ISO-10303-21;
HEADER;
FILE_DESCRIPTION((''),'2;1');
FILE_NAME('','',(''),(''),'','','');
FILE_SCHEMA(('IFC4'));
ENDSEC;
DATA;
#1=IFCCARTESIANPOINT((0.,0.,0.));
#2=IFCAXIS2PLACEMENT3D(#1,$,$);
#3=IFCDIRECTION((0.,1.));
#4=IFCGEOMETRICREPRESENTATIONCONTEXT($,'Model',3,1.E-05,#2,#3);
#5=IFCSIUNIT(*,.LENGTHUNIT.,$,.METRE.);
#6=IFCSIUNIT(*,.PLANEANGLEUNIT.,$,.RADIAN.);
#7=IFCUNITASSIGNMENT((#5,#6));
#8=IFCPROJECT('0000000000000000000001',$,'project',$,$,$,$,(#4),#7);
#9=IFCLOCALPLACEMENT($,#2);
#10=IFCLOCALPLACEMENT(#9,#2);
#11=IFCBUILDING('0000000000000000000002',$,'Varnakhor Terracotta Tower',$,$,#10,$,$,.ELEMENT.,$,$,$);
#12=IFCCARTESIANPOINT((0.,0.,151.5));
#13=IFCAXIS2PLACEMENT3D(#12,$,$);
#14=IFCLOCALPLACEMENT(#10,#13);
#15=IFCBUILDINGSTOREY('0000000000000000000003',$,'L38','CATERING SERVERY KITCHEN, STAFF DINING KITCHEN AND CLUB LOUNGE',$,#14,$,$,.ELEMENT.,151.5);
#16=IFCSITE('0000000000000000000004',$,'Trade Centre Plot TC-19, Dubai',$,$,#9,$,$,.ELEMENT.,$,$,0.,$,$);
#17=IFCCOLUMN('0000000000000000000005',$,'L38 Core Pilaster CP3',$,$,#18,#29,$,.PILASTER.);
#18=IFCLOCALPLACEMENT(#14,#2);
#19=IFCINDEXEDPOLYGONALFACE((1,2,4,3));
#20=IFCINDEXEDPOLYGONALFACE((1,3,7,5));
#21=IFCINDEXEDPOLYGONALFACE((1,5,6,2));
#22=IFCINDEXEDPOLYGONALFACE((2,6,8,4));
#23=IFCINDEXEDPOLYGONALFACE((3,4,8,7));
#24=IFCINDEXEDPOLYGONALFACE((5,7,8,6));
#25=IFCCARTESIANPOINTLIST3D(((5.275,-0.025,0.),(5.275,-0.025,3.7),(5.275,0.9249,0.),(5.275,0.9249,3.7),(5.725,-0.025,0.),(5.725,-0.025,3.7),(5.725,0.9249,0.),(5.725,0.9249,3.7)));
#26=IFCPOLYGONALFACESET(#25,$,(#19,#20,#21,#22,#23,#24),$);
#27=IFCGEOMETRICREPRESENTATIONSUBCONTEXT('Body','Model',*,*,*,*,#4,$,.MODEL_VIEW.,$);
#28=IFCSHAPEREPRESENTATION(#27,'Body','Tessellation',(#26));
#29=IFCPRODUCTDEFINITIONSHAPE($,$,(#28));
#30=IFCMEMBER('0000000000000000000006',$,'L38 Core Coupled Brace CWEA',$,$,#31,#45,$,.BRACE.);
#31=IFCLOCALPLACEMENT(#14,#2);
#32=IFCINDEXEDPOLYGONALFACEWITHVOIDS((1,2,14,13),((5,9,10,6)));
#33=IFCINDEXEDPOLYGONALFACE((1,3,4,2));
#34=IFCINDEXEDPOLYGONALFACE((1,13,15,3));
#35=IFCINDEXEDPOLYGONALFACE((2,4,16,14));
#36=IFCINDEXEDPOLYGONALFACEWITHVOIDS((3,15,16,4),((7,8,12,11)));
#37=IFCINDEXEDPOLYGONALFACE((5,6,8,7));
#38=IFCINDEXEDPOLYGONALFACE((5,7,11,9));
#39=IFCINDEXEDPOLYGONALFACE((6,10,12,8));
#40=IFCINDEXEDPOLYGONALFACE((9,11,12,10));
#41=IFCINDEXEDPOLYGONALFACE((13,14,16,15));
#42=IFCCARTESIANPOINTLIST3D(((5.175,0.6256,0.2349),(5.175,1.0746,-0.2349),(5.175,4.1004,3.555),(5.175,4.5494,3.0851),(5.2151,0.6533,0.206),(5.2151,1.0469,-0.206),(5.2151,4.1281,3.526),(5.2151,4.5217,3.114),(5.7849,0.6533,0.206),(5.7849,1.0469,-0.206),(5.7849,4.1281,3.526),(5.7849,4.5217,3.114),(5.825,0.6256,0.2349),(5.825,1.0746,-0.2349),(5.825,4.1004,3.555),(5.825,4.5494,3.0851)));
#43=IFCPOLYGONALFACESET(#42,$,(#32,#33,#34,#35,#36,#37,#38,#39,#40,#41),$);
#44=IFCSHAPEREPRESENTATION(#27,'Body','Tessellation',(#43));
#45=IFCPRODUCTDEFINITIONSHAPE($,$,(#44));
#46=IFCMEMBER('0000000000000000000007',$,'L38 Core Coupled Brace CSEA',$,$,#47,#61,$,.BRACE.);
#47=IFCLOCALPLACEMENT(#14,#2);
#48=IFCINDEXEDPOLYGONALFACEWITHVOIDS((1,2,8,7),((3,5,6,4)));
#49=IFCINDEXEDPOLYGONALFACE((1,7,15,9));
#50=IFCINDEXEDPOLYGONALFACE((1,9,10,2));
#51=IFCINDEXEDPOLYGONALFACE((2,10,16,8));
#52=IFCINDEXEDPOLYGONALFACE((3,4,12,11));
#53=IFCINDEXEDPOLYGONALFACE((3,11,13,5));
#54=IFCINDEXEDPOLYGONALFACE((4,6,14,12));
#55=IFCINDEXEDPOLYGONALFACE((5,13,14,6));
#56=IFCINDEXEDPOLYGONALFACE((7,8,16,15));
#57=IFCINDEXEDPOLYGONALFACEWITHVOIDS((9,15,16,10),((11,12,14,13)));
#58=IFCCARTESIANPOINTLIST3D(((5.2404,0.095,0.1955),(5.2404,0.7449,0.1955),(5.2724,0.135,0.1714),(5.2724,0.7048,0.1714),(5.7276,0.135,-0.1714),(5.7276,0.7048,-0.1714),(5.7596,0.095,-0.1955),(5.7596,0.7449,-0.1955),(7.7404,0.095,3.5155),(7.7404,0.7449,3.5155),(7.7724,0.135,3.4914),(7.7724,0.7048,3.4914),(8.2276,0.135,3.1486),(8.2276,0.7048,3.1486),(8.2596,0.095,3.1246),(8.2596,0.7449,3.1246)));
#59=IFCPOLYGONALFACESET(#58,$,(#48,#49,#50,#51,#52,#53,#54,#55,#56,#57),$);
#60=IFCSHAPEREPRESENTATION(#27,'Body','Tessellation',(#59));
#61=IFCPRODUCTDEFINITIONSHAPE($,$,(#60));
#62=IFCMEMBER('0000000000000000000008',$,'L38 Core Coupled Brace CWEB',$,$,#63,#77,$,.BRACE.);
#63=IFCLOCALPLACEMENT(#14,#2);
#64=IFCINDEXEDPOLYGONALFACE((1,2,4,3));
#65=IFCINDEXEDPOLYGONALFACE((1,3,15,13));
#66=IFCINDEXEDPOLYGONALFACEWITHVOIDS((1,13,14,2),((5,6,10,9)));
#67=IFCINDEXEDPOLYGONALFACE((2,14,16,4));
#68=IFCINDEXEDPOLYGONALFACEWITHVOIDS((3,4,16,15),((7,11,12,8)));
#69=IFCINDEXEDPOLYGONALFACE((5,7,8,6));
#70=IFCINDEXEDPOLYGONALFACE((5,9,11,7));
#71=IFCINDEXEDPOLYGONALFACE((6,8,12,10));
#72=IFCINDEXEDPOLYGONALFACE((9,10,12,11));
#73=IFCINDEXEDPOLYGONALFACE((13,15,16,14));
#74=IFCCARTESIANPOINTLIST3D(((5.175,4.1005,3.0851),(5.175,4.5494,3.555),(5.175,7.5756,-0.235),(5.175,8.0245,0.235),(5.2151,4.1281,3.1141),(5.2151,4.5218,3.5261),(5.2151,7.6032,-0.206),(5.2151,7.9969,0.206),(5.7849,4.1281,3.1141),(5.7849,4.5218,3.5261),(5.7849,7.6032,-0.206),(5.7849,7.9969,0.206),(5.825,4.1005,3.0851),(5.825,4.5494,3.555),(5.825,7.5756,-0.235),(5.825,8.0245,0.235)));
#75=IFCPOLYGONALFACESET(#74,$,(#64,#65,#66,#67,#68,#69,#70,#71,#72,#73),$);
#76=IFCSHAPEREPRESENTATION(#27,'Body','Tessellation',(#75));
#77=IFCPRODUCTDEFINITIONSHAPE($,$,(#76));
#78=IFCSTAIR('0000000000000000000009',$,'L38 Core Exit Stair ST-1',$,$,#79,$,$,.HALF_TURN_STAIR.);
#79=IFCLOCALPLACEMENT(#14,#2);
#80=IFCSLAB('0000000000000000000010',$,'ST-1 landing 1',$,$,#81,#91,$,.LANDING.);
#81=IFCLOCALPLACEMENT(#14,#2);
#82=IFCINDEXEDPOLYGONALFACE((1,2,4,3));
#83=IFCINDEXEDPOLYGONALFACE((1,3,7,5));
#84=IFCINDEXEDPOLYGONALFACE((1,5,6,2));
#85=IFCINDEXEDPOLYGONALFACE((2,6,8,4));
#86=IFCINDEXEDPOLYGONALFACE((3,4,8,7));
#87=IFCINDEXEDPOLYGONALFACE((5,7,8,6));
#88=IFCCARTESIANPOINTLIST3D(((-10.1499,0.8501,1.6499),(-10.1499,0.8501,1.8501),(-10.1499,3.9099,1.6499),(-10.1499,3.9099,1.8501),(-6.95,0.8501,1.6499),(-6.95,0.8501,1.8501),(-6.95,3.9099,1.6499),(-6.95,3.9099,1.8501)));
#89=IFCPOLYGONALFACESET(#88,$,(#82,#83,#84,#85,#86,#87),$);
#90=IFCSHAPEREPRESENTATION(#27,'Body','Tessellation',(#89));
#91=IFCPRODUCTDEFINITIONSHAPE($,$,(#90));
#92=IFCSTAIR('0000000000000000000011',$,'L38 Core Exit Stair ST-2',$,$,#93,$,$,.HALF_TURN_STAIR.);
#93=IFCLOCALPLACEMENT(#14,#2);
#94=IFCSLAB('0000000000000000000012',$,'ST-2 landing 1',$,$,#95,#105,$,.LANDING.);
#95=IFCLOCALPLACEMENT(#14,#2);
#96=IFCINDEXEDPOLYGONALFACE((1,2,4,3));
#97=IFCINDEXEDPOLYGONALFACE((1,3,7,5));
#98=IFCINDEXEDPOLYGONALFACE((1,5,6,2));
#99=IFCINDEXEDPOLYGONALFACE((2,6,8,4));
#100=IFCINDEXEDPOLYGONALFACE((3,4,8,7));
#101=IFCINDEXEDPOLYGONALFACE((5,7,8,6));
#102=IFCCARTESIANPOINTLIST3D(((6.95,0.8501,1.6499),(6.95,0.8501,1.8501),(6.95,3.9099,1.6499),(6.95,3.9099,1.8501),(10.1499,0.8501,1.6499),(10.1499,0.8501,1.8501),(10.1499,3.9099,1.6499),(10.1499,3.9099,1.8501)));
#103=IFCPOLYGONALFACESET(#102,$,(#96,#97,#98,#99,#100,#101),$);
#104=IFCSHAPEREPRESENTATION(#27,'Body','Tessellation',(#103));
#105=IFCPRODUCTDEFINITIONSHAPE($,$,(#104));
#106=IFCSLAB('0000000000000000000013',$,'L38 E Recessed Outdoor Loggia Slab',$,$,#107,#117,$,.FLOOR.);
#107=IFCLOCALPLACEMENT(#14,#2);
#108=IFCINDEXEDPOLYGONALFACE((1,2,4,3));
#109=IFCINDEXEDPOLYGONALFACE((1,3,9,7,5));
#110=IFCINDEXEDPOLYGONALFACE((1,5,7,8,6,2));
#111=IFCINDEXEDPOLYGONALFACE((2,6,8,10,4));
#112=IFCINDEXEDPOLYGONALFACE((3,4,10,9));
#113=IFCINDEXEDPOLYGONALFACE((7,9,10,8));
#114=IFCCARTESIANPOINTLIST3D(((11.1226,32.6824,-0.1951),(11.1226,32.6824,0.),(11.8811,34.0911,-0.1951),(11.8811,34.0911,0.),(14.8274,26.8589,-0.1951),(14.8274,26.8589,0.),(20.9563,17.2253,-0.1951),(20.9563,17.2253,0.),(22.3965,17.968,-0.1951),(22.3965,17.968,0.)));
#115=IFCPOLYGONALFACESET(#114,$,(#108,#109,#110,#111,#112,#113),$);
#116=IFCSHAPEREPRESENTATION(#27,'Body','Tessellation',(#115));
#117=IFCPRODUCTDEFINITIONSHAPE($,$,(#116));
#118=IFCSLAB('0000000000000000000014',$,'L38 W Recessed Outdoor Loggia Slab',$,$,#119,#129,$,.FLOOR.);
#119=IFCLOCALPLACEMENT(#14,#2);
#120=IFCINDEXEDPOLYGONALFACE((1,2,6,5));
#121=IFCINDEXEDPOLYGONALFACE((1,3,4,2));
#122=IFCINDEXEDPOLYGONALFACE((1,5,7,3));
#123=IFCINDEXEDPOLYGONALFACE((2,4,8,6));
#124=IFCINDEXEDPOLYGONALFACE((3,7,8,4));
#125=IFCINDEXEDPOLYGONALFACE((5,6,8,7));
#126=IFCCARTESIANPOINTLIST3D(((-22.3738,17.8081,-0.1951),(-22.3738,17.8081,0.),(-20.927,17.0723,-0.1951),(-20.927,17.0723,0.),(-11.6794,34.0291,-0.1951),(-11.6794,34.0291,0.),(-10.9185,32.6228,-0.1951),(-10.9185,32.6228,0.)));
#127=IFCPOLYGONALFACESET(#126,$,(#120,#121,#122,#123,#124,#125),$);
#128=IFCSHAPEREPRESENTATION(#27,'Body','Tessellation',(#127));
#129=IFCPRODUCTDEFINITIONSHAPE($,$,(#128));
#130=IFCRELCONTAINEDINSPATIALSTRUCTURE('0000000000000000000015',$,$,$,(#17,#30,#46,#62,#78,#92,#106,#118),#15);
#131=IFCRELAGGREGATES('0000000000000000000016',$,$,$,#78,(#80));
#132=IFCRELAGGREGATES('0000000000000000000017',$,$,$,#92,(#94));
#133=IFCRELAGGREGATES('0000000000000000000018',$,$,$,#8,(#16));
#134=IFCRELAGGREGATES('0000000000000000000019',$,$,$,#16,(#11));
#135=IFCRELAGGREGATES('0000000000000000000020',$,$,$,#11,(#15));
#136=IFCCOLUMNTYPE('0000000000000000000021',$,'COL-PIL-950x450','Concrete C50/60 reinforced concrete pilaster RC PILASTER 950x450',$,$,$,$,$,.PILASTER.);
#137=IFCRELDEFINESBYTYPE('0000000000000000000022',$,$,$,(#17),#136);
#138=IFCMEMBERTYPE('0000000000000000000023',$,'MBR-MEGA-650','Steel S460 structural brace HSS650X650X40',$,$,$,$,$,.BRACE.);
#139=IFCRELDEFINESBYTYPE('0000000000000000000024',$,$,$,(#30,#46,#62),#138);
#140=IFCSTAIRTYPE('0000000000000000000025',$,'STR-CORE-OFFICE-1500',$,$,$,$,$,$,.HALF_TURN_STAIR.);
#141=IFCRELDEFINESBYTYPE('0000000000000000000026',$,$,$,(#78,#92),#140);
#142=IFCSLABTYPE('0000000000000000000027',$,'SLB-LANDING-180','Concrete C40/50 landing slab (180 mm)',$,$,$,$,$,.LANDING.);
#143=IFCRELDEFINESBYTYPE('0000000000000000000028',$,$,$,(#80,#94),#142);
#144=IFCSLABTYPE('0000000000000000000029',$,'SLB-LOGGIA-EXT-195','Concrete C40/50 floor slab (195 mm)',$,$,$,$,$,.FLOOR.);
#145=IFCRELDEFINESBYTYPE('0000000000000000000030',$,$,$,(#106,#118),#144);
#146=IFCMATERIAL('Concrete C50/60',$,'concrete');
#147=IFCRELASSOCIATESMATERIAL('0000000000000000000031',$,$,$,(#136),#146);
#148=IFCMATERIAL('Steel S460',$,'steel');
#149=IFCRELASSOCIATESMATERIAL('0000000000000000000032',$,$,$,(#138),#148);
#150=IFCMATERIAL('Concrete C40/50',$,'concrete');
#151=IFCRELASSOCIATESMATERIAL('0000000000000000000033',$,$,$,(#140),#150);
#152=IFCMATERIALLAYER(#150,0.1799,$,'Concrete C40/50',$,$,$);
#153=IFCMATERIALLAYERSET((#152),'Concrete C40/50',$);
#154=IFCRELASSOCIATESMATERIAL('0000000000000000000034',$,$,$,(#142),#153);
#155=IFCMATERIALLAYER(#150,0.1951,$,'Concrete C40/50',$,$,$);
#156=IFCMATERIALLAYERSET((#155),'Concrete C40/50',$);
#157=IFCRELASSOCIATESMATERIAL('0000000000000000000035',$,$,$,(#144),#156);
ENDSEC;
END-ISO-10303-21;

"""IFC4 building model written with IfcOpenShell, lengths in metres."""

from ifc_helpers import new_model, si_unit, direction, frame, origin, origin_2d, place, context, subcontext, project, spatial, polyline, rectangle, hollow_rectangle, outline, extrude, source, transform, mapped, material, layer, layer_set, material_profile, profile_set, type_object, element, aggregate, save


model = new_model("IFC4")

# Units and contexts
model_context = context("Model", 3, precision=1e-05, world=origin(), true_north=direction((0.0, 1.0)))
body_context = subcontext(model_context, "Body", "Model", "MODEL_VIEW")
ifc_project = project(units=[si_unit("LENGTHUNIT", "METRE"), si_unit("PLANEANGLEUNIT", "RADIAN")], contexts=[model_context])

# Site, building, storey
site_placement = place(None, origin())
site = spatial("IfcSite", under=ifc_project, at=site_placement, Name="Trade Centre Plot TC-19, Dubai", CompositionType="ELEMENT", RefElevation=0.0)
building_placement = place(site_placement, origin())
building = spatial("IfcBuilding", under=site, at=building_placement, Name="Varnakhor Terracotta Tower", CompositionType="ELEMENT")
storey_placement = place(building_placement, frame((0.0, 0.0, 151.5)))
storey = spatial("IfcBuildingStorey", under=building, at=storey_placement, Name="L38", Description="CATERING SERVERY KITCHEN, STAFF DINING KITCHEN AND CLUB LOUNGE", CompositionType="ELEMENT", Elevation=151.5)

# Column
ifc_material_1 = material(Name="Concrete C50/60", Category="concrete")
ifc_material_profile_1 = material_profile(ifc_material_1, rectangle(XDim=0.45, YDim=0.95, at=origin_2d()), Name="RC PILASTER 950x450")
ifc_profile_set_1 = profile_set([ifc_material_profile_1], Name="Concrete C50/60")
column_type = type_object("IfcColumnType", Name="COL-PIL-950x450", Description="Concrete C50/60 reinforced concrete pilaster RC PILASTER 950x450", PredefinedType="PILASTER", material=ifc_profile_set_1)
shared_shape_1 = source(origin(), body_context, "Body", "SweptSolid", [
    extrude(rectangle(XDim=0.45, YDim=0.95, at=origin_2d()), origin(), (0.0, 0.0, 1.0), 3.7),
])
column_placement = place(storey_placement, frame((5.5, 0.45, 0.0), z_axis=(0.0, 0.0, 1.0), x_axis=(1.0, 0.0, 0.0)))
element("IfcColumn", 1, at=column_placement, inside=storey, type_object=column_type, Name="L38 Core Pilaster CP3", PredefinedType="PILASTER", context=body_context, shape_type="MappedRepresentation", body=[
    mapped(shared_shape_1, transform((0.0, 0.0, 0.0), scale=1.0)),
])

# Members
ifc_material_2 = material(Name="Steel S460", Category="steel")
ifc_material_profile_2 = material_profile(ifc_material_2, hollow_rectangle(XDim=0.6499, YDim=0.6499, WallThickness=0.04, at=origin_2d()), Name="HSS650X650X40")
ifc_profile_set_2 = profile_set([ifc_material_profile_2], Name="Steel S460")
member_type = type_object("IfcMemberType", Name="MBR-MEGA-650", Description="Steel S460 structural brace HSS650X650X40", PredefinedType="BRACE", material=ifc_profile_set_2)
shared_shape_2 = source(origin(), body_context, "Body", "SweptSolid", [
    extrude(hollow_rectangle(XDim=0.6499, YDim=0.6499, WallThickness=0.04, at=origin_2d()), origin(), (0.0, 0.0, 1.0), 4.8059),
])
member_1_placement = place(storey_placement, frame((5.5, 0.8501, 0.0), z_axis=(0.0, 0.723027, 0.69082), x_axis=(-1.0, 0.0, 0.0)))
element("IfcMember", 2, at=member_1_placement, inside=storey, type_object=member_type, Name="L38 Core Coupled Brace CWEA", PredefinedType="BRACE", context=body_context, shape_type="MappedRepresentation", body=[
    mapped(shared_shape_2, transform((0.0, 0.0, 0.0), scale=1.0)),
])
shared_shape_3 = source(origin(), body_context, "Body", "SweptSolid", [
    extrude(hollow_rectangle(XDim=0.6499, YDim=0.6499, WallThickness=0.04, at=origin_2d()), origin(), (0.0, 0.0, 1.0), 4.156),
])
member_2_placement = place(storey_placement, frame((5.5, 0.4199, 0.0), z_axis=(0.601531, 0.0, 0.79885), x_axis=(0.0, 1.0, 0.0)))
element("IfcMember", 3, at=member_2_placement, inside=storey, type_object=member_type, Name="L38 Core Coupled Brace CSEA", PredefinedType="BRACE", context=body_context, shape_type="MappedRepresentation", body=[
    mapped(shared_shape_3, transform((0.0, 0.0, 0.0), scale=1.0)),
])
shared_shape_4 = source(origin(), body_context, "Body", "SweptSolid", [
    extrude(hollow_rectangle(XDim=0.6499, YDim=0.6499, WallThickness=0.04, at=origin_2d()), origin(), (0.0, 0.0, 1.0), 4.8062),
])
member_3_placement = place(storey_placement, frame((5.5, 7.8, 0.0), z_axis=(0.0, -0.723051, 0.690795), x_axis=(1.0, 0.0, 0.0)))
element("IfcMember", 4, at=member_3_placement, inside=storey, type_object=member_type, Name="L38 Core Coupled Brace CWEB", PredefinedType="BRACE", context=body_context, shape_type="MappedRepresentation", body=[
    mapped(shared_shape_4, transform((0.0, 0.0, 0.0), scale=1.0)),
])

# Stairs, slabs
ifc_material_3 = material(Name="Concrete C40/50", Category="concrete")
stair_type = type_object("IfcStairType", Name="STR-CORE-OFFICE-1500", PredefinedType="HALF_TURN_STAIR", material=ifc_material_3)
stair_1_placement = place(storey_placement, origin())
stair_1 = element("IfcStair", 5, at=stair_1_placement, inside=storey, type_object=stair_type, Name="L38 Core Exit Stair ST-1", PredefinedType="HALF_TURN_STAIR")
ifc_layer_1 = layer(ifc_material_3, 0.1799, Name="Concrete C40/50")
ifc_layer_set_1 = layer_set([ifc_layer_1], Name="Concrete C40/50")
slab_type_1 = type_object("IfcSlabType", Name="SLB-LANDING-180", Description="Concrete C40/50 landing slab (180 mm)", PredefinedType="LANDING", material=ifc_layer_set_1)
slab_1_placement = place(storey_placement, frame((0.0, 0.0, 1.6499)))
slab_1 = element("IfcSlab", 6, at=slab_1_placement, type_object=slab_type_1, Name="ST-1 landing 1", PredefinedType="LANDING", context=body_context, shape_type="SweptSolid", body=[
    extrude(outline(polyline([(-10.1499, 3.9099), (-10.1499, 0.8501), (-6.95, 0.8501), (-6.95, 3.9099), (-10.1499, 3.9099)])), origin(), (0.0, 0.0, 1.0), 0.2002),
])
aggregate(stair_1, [slab_1])
stair_2_placement = place(storey_placement, origin())
stair_2 = element("IfcStair", 7, at=stair_2_placement, inside=storey, type_object=stair_type, Name="L38 Core Exit Stair ST-2", PredefinedType="HALF_TURN_STAIR")
slab_2_placement = place(storey_placement, frame((0.0, 0.0, 1.6499)))
slab_2 = element("IfcSlab", 8, at=slab_2_placement, type_object=slab_type_1, Name="ST-2 landing 1", PredefinedType="LANDING", context=body_context, shape_type="SweptSolid", body=[
    extrude(outline(polyline([(6.95, 3.9099), (6.95, 0.8501), (10.1499, 0.8501), (10.1499, 3.9099), (6.95, 3.9099)])), origin(), (0.0, 0.0, 1.0), 0.2002),
])

# Slabs
ifc_layer_2 = layer(ifc_material_3, 0.1951, Name="Concrete C40/50")
ifc_layer_set_2 = layer_set([ifc_layer_2], Name="Concrete C40/50")
slab_type_2 = type_object("IfcSlabType", Name="SLB-LOGGIA-EXT-195", Description="Concrete C40/50 floor slab (195 mm)", PredefinedType="FLOOR", material=ifc_layer_set_2)
slab_3_placement = place(storey_placement, frame((0.0, 0.0, -0.1951)))
element("IfcSlab", 9, at=slab_3_placement, inside=storey, type_object=slab_type_2, Name="L38 E Recessed Outdoor Loggia Slab", PredefinedType="FLOOR", context=body_context, shape_type="SweptSolid", body=[
    extrude(outline(polyline([(11.8811, 34.0911), (22.3965, 17.968), (20.9563, 17.2253), (14.8274, 26.8589), (11.1226, 32.6824), (11.8811, 34.0911)])), origin(), (0.0, 0.0, 1.0), 0.1951),
])
slab_4_placement = place(storey_placement, frame((0.0, 0.0, -0.1951)))
element("IfcSlab", 10, at=slab_4_placement, inside=storey, type_object=slab_type_2, Name="L38 W Recessed Outdoor Loggia Slab", PredefinedType="FLOOR", context=body_context, shape_type="SweptSolid", body=[
    extrude(outline(polyline([(-22.3738, 17.8081), (-11.6794, 34.0291), (-10.9185, 32.6228), (-20.927, 17.0723), (-22.3738, 17.8081)])), origin(), (0.0, 0.0, 1.0), 0.1951),
])

aggregate(stair_2, [slab_2])

save(model, "model.ifc")
